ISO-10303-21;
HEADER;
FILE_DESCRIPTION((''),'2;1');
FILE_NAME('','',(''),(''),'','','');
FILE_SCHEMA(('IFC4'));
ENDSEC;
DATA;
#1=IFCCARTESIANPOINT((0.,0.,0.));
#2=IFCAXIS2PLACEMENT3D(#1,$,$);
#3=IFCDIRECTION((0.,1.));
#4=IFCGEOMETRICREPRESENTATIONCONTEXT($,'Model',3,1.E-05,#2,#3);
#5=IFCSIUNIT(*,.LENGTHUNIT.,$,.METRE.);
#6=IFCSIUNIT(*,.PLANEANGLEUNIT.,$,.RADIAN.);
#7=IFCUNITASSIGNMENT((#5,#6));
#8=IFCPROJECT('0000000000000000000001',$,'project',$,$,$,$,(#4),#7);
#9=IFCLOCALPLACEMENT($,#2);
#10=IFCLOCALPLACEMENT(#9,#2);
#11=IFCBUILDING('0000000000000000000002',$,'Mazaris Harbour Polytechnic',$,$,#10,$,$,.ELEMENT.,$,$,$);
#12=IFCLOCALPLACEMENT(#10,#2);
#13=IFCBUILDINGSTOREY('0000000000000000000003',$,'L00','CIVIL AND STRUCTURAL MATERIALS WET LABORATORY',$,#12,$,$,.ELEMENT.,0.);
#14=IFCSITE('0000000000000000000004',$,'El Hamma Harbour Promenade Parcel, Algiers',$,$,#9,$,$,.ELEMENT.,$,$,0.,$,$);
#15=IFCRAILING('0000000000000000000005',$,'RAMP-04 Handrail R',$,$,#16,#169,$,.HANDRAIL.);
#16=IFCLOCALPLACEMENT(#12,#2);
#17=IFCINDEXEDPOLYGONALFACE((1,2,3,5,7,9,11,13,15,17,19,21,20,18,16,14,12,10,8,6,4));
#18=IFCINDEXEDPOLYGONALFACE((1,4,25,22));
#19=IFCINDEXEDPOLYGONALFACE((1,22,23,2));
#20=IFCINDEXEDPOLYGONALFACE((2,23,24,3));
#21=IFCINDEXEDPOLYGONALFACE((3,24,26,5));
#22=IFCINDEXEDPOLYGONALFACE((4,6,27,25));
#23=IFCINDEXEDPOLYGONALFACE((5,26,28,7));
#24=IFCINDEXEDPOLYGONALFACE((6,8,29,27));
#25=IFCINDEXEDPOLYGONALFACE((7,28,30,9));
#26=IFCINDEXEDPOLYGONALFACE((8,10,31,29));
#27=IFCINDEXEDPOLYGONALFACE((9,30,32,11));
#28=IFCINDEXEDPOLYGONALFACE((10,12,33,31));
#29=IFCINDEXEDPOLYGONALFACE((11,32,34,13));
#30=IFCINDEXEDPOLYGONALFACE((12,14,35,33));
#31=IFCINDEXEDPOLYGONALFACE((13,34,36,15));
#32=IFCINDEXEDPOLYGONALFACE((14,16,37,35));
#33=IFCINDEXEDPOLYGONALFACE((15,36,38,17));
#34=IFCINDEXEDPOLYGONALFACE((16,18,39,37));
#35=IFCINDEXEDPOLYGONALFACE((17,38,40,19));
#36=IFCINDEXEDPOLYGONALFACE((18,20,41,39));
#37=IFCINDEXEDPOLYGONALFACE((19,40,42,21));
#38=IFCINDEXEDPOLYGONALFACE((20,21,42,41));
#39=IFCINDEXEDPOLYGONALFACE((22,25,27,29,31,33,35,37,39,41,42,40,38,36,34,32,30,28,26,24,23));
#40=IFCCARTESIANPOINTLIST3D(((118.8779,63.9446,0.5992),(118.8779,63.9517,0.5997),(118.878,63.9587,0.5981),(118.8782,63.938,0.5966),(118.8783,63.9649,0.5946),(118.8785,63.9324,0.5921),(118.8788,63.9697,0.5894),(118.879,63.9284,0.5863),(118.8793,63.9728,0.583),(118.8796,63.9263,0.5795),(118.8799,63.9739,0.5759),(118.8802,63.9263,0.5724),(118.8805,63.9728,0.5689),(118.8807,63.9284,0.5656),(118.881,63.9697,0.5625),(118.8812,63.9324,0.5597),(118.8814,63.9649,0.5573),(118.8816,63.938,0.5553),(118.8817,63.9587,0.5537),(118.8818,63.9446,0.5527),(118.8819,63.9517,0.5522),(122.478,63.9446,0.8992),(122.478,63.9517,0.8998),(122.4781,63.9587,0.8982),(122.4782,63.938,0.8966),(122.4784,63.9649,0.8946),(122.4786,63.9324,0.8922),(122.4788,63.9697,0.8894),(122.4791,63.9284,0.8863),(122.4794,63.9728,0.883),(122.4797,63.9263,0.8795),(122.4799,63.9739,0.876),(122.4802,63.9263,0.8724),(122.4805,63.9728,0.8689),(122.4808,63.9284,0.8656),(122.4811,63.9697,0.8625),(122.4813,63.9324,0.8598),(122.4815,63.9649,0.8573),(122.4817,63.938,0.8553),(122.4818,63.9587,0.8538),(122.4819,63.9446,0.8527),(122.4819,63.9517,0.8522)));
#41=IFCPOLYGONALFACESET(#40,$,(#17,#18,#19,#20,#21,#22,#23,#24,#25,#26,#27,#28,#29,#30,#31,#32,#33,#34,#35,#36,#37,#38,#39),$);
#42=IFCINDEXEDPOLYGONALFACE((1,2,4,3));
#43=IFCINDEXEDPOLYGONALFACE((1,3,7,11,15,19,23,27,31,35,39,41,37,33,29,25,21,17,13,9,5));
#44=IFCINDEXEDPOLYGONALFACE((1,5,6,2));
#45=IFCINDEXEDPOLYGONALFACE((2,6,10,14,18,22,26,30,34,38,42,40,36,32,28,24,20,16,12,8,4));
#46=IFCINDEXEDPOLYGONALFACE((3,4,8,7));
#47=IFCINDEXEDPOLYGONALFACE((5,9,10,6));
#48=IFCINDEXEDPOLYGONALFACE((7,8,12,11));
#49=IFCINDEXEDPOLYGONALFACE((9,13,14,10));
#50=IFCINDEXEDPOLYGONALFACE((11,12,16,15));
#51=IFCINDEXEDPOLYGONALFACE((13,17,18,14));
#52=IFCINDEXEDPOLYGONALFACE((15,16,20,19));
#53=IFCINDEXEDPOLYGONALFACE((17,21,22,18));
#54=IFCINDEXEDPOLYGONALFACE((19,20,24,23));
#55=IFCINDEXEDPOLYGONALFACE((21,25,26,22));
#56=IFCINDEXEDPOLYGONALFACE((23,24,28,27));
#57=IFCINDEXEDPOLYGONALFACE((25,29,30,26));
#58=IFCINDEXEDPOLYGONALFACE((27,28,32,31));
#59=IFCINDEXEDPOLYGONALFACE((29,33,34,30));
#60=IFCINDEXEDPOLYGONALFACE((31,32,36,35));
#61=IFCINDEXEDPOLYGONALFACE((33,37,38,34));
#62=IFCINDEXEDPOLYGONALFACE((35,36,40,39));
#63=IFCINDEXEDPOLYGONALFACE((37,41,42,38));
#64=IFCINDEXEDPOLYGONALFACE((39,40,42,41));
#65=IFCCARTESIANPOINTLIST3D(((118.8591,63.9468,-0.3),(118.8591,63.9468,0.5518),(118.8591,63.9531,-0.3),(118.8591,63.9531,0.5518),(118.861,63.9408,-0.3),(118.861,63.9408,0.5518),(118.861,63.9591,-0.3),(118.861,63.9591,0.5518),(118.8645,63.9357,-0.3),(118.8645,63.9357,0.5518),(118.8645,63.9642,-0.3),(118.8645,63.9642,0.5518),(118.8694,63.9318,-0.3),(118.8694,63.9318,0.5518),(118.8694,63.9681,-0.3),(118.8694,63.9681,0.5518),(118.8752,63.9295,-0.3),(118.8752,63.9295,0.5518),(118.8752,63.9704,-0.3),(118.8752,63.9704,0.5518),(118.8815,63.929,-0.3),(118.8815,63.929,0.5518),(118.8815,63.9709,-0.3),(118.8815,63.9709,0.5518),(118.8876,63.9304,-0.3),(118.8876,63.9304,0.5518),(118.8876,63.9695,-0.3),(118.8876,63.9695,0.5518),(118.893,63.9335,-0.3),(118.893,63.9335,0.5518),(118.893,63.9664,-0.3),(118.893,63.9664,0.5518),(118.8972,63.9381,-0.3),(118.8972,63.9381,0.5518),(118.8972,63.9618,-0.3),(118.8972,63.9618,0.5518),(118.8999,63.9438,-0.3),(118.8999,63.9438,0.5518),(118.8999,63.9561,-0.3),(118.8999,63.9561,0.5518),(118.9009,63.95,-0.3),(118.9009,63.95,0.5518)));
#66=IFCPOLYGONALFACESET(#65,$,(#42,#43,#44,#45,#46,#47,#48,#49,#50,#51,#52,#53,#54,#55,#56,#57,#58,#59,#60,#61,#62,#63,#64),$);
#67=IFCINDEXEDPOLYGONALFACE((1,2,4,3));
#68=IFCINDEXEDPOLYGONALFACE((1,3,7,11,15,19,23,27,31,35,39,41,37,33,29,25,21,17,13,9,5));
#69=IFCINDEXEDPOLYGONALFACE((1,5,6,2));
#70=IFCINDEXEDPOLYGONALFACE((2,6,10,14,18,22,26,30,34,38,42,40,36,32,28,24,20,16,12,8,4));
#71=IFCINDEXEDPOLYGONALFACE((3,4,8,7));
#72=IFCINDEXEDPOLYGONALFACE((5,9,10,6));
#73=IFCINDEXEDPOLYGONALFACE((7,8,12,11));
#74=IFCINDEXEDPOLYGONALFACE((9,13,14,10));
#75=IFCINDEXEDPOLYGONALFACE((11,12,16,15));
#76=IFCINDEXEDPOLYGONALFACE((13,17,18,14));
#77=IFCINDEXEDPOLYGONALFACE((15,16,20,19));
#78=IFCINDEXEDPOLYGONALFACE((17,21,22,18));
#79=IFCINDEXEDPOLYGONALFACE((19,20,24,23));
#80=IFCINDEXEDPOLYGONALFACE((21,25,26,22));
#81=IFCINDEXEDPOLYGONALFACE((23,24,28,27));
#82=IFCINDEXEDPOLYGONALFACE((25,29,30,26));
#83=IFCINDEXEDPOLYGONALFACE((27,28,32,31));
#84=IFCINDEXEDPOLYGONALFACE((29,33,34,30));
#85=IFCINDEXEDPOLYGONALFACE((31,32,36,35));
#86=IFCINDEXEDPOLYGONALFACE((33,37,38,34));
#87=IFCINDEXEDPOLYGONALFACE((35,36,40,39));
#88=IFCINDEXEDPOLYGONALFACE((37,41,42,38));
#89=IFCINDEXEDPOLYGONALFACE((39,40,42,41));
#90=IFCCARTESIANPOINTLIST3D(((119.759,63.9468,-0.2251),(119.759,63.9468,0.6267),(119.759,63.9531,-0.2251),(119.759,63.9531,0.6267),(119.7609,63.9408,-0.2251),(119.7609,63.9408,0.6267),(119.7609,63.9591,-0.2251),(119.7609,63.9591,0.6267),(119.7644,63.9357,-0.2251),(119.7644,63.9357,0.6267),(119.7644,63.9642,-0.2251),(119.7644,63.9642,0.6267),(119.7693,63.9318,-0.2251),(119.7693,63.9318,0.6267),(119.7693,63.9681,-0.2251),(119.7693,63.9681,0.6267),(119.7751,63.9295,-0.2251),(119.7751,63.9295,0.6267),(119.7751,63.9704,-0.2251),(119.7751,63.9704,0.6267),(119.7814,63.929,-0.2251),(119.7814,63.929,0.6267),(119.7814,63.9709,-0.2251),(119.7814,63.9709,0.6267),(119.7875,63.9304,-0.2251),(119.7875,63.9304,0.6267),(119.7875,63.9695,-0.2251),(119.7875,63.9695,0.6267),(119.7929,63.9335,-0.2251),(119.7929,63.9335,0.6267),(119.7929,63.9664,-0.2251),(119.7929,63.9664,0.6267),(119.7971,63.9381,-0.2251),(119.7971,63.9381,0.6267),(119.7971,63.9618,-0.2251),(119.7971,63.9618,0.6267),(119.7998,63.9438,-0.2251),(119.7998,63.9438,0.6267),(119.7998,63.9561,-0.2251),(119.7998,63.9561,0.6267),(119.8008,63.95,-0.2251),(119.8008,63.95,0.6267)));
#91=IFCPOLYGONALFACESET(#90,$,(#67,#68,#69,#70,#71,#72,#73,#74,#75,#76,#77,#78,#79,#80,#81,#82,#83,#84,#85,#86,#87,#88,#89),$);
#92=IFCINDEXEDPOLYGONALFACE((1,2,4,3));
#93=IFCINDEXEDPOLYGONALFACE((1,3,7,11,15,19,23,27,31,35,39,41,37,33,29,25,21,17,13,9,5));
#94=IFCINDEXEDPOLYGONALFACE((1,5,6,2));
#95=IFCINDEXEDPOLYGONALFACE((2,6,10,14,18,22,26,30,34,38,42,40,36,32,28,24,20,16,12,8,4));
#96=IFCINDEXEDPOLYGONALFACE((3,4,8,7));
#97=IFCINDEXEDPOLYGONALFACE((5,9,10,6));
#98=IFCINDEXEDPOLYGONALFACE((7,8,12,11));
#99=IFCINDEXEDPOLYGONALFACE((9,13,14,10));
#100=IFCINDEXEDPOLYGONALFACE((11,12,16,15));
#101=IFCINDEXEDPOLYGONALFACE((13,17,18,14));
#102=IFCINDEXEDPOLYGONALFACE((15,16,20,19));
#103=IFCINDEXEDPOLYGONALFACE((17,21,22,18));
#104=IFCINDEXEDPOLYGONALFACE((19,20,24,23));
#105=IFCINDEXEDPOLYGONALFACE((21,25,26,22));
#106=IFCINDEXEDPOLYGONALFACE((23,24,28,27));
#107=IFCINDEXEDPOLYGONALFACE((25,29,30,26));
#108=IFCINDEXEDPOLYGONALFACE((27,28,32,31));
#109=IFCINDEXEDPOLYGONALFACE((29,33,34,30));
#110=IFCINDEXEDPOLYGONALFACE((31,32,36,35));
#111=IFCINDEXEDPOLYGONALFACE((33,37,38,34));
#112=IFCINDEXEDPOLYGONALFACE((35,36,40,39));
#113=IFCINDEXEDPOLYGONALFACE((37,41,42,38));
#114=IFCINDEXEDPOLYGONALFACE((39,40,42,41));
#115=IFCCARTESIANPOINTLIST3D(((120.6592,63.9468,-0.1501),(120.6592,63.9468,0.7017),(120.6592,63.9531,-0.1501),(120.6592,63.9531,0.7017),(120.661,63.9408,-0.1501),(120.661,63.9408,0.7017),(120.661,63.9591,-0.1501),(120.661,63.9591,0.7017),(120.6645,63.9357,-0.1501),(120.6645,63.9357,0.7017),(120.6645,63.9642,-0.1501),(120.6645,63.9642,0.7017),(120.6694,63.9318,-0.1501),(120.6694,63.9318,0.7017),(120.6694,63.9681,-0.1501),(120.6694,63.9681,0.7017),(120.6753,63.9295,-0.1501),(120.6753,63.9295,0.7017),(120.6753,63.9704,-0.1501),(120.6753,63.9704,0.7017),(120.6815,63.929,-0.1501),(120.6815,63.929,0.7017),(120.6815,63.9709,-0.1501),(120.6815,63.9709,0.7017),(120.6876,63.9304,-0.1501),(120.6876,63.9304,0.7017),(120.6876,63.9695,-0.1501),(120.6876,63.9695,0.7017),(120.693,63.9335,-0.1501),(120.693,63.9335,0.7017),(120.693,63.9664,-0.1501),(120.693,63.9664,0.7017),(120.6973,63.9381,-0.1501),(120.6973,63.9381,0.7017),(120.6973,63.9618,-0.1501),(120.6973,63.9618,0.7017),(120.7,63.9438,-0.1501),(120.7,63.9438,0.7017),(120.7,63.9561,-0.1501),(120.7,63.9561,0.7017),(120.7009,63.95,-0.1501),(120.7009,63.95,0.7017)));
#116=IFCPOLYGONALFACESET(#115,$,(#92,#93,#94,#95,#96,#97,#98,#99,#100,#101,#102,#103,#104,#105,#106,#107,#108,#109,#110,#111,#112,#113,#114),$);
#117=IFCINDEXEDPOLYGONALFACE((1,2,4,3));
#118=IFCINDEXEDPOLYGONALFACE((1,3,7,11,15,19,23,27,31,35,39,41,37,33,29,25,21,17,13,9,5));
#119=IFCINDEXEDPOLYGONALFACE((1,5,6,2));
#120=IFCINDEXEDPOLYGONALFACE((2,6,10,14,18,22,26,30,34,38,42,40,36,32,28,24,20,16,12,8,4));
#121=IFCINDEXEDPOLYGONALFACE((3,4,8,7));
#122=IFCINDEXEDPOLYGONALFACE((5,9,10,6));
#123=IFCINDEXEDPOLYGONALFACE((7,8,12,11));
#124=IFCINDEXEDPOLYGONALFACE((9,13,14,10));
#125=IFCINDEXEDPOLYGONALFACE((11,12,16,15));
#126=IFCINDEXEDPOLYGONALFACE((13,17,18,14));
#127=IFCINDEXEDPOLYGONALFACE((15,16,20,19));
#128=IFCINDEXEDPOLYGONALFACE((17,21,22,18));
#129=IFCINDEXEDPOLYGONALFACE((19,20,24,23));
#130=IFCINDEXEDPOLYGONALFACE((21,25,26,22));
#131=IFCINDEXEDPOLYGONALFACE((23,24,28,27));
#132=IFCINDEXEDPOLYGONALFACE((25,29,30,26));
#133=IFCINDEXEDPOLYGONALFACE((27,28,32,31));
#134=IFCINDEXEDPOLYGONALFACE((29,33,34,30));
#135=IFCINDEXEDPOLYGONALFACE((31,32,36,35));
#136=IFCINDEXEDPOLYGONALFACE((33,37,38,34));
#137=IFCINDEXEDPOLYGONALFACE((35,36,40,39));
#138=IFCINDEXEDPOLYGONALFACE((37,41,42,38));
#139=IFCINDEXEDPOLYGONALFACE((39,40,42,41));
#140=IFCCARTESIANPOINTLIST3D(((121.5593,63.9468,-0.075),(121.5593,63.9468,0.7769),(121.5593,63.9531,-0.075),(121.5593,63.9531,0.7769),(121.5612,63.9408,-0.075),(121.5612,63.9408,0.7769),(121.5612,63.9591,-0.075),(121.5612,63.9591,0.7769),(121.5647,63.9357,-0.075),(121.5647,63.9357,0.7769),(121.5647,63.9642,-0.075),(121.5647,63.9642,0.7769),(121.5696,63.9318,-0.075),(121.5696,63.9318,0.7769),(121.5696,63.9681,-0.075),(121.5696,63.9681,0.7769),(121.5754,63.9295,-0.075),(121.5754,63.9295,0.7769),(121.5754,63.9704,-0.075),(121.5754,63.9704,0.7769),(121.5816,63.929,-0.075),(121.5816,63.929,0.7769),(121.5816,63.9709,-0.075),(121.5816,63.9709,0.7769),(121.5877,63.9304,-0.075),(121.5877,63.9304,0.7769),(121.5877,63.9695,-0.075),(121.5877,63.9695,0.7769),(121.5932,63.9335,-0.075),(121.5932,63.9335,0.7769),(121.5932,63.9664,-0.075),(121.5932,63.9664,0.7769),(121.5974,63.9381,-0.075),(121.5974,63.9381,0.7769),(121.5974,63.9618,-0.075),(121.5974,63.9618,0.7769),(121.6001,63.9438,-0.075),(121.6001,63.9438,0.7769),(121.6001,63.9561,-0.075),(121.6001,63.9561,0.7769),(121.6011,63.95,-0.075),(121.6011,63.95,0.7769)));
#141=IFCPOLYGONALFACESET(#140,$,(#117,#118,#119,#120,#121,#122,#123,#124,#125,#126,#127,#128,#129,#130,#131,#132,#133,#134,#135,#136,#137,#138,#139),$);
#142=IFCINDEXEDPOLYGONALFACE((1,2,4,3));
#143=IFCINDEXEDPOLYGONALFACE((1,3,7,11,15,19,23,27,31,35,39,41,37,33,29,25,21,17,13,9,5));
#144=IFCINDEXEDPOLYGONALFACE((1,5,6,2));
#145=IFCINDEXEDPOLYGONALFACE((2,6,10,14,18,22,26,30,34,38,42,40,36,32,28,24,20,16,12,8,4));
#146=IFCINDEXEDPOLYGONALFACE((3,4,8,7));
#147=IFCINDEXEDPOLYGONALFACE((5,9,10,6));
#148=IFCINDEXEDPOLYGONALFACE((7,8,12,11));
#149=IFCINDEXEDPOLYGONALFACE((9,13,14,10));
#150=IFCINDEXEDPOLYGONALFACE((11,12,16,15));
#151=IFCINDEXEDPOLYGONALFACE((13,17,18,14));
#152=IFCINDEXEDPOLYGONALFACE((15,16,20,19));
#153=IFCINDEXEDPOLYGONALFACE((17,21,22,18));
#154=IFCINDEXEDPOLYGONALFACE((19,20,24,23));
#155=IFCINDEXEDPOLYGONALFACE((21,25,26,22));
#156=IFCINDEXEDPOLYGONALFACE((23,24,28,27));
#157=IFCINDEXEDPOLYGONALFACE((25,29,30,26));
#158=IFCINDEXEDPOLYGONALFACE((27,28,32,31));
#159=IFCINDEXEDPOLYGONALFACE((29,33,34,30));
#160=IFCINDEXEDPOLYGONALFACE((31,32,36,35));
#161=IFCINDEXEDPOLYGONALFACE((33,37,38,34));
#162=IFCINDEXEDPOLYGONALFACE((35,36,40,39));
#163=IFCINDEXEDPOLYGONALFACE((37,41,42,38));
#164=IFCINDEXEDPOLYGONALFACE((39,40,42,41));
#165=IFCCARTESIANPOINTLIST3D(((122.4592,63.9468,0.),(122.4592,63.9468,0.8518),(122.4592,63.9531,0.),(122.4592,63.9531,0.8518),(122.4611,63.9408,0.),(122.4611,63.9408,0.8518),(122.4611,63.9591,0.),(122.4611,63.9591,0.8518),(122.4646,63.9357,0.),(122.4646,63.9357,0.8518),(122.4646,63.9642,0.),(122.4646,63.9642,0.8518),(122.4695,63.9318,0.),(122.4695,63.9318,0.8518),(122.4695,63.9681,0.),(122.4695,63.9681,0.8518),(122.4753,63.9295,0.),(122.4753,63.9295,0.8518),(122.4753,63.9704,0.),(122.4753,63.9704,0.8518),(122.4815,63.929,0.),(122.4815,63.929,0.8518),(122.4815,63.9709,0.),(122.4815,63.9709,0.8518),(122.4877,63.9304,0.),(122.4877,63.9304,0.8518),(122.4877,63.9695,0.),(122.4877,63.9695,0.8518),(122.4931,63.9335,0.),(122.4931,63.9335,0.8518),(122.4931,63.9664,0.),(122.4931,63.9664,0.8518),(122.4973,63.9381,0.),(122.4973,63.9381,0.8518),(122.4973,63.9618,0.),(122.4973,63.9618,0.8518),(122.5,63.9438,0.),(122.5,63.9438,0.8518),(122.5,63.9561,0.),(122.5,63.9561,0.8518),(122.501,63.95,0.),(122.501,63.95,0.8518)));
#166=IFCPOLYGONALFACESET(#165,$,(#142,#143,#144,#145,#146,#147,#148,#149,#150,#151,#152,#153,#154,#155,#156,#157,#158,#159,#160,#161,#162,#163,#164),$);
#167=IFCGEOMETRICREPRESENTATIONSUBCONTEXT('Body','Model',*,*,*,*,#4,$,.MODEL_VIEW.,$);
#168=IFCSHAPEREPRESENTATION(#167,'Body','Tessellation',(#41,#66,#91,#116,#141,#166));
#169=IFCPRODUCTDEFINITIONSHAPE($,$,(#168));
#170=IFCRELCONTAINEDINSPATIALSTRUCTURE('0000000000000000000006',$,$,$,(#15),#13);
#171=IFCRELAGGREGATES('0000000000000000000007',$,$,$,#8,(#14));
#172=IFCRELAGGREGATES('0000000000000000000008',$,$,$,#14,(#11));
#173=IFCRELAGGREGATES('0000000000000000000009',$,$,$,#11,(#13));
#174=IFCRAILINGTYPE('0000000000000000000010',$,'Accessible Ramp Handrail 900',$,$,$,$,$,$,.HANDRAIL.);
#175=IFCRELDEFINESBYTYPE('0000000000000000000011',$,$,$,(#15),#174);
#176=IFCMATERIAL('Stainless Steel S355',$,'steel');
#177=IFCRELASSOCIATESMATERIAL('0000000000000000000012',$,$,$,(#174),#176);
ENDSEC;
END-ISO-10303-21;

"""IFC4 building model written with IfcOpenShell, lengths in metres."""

from ifc_helpers import new_model, si_unit, direction, frame, origin, origin_2d, place, context, subcontext, project, spatial, circle, extrude, material, type_object, element, save


model = new_model("IFC4")

# Units and contexts
model_context = context("Model", 3, precision=1e-05, world=origin(), true_north=direction((0.0, 1.0)))
body_context = subcontext(model_context, "Body", "Model", "MODEL_VIEW")
ifc_project = project(units=[si_unit("LENGTHUNIT", "METRE"), si_unit("PLANEANGLEUNIT", "RADIAN")], contexts=[model_context])

# Site, building, storey
site_placement = place(None, origin())
site = spatial("IfcSite", under=ifc_project, at=site_placement, Name="El Hamma Harbour Promenade Parcel, Algiers", CompositionType="ELEMENT", RefElevation=0.0)
building_placement = place(site_placement, origin())
building = spatial("IfcBuilding", under=site, at=building_placement, Name="Mazaris Harbour Polytechnic", CompositionType="ELEMENT")
storey_placement = place(building_placement, origin())
storey = spatial("IfcBuildingStorey", under=building, at=storey_placement, Name="L00", Description="CIVIL AND STRUCTURAL MATERIALS WET LABORATORY", CompositionType="ELEMENT", Elevation=0.0)

# Railing
ifc_material_1 = material(Name="Stainless Steel S355", Category="steel")
railing_type = type_object("IfcRailingType", Name="Accessible Ramp Handrail 900", PredefinedType="HANDRAIL", material=ifc_material_1)
for number, where, name in (
    (1, (118.8799, 63.95, -0.3), "RAMP-04 Handrail R"),
):
    element("IfcRailing", number, at=place(storey_placement, frame(where)), inside=storey, type_object=railing_type, Name=name, PredefinedType="HANDRAIL", context=body_context, shape_type="SweptSolid", body=[
        extrude(circle(Radius=0.0239, at=origin_2d()), frame((0.0, 0.0, 0.876), z_axis=(0.996545, 0.0, 0.083057), x_axis=(0.0, 1.0, 0.0)), (0.0, 0.0, 1.0), 3.6125),
        extrude(circle(Radius=0.021, at=origin_2d()), origin(), (0.0, 0.0, 1.0), 0.8518),
        extrude(circle(Radius=0.021, at=origin_2d()), frame((0.8999, 0.0, 0.075)), (0.0, 0.0, 1.0), 0.8518),
        extrude(circle(Radius=0.021, at=origin_2d()), frame((1.8, 0.0, 0.1499)), (0.0, 0.0, 1.0), 0.8518),
        extrude(circle(Radius=0.021, at=origin_2d()), frame((2.7002, 0.0, 0.2251)), (0.0, 0.0, 1.0), 0.8518),
        extrude(circle(Radius=0.021, at=origin_2d()), frame((3.6001, 0.0, 0.3)), (0.0, 0.0, 1.0), 0.8518),
    ])

save(model, "model.ifc")
